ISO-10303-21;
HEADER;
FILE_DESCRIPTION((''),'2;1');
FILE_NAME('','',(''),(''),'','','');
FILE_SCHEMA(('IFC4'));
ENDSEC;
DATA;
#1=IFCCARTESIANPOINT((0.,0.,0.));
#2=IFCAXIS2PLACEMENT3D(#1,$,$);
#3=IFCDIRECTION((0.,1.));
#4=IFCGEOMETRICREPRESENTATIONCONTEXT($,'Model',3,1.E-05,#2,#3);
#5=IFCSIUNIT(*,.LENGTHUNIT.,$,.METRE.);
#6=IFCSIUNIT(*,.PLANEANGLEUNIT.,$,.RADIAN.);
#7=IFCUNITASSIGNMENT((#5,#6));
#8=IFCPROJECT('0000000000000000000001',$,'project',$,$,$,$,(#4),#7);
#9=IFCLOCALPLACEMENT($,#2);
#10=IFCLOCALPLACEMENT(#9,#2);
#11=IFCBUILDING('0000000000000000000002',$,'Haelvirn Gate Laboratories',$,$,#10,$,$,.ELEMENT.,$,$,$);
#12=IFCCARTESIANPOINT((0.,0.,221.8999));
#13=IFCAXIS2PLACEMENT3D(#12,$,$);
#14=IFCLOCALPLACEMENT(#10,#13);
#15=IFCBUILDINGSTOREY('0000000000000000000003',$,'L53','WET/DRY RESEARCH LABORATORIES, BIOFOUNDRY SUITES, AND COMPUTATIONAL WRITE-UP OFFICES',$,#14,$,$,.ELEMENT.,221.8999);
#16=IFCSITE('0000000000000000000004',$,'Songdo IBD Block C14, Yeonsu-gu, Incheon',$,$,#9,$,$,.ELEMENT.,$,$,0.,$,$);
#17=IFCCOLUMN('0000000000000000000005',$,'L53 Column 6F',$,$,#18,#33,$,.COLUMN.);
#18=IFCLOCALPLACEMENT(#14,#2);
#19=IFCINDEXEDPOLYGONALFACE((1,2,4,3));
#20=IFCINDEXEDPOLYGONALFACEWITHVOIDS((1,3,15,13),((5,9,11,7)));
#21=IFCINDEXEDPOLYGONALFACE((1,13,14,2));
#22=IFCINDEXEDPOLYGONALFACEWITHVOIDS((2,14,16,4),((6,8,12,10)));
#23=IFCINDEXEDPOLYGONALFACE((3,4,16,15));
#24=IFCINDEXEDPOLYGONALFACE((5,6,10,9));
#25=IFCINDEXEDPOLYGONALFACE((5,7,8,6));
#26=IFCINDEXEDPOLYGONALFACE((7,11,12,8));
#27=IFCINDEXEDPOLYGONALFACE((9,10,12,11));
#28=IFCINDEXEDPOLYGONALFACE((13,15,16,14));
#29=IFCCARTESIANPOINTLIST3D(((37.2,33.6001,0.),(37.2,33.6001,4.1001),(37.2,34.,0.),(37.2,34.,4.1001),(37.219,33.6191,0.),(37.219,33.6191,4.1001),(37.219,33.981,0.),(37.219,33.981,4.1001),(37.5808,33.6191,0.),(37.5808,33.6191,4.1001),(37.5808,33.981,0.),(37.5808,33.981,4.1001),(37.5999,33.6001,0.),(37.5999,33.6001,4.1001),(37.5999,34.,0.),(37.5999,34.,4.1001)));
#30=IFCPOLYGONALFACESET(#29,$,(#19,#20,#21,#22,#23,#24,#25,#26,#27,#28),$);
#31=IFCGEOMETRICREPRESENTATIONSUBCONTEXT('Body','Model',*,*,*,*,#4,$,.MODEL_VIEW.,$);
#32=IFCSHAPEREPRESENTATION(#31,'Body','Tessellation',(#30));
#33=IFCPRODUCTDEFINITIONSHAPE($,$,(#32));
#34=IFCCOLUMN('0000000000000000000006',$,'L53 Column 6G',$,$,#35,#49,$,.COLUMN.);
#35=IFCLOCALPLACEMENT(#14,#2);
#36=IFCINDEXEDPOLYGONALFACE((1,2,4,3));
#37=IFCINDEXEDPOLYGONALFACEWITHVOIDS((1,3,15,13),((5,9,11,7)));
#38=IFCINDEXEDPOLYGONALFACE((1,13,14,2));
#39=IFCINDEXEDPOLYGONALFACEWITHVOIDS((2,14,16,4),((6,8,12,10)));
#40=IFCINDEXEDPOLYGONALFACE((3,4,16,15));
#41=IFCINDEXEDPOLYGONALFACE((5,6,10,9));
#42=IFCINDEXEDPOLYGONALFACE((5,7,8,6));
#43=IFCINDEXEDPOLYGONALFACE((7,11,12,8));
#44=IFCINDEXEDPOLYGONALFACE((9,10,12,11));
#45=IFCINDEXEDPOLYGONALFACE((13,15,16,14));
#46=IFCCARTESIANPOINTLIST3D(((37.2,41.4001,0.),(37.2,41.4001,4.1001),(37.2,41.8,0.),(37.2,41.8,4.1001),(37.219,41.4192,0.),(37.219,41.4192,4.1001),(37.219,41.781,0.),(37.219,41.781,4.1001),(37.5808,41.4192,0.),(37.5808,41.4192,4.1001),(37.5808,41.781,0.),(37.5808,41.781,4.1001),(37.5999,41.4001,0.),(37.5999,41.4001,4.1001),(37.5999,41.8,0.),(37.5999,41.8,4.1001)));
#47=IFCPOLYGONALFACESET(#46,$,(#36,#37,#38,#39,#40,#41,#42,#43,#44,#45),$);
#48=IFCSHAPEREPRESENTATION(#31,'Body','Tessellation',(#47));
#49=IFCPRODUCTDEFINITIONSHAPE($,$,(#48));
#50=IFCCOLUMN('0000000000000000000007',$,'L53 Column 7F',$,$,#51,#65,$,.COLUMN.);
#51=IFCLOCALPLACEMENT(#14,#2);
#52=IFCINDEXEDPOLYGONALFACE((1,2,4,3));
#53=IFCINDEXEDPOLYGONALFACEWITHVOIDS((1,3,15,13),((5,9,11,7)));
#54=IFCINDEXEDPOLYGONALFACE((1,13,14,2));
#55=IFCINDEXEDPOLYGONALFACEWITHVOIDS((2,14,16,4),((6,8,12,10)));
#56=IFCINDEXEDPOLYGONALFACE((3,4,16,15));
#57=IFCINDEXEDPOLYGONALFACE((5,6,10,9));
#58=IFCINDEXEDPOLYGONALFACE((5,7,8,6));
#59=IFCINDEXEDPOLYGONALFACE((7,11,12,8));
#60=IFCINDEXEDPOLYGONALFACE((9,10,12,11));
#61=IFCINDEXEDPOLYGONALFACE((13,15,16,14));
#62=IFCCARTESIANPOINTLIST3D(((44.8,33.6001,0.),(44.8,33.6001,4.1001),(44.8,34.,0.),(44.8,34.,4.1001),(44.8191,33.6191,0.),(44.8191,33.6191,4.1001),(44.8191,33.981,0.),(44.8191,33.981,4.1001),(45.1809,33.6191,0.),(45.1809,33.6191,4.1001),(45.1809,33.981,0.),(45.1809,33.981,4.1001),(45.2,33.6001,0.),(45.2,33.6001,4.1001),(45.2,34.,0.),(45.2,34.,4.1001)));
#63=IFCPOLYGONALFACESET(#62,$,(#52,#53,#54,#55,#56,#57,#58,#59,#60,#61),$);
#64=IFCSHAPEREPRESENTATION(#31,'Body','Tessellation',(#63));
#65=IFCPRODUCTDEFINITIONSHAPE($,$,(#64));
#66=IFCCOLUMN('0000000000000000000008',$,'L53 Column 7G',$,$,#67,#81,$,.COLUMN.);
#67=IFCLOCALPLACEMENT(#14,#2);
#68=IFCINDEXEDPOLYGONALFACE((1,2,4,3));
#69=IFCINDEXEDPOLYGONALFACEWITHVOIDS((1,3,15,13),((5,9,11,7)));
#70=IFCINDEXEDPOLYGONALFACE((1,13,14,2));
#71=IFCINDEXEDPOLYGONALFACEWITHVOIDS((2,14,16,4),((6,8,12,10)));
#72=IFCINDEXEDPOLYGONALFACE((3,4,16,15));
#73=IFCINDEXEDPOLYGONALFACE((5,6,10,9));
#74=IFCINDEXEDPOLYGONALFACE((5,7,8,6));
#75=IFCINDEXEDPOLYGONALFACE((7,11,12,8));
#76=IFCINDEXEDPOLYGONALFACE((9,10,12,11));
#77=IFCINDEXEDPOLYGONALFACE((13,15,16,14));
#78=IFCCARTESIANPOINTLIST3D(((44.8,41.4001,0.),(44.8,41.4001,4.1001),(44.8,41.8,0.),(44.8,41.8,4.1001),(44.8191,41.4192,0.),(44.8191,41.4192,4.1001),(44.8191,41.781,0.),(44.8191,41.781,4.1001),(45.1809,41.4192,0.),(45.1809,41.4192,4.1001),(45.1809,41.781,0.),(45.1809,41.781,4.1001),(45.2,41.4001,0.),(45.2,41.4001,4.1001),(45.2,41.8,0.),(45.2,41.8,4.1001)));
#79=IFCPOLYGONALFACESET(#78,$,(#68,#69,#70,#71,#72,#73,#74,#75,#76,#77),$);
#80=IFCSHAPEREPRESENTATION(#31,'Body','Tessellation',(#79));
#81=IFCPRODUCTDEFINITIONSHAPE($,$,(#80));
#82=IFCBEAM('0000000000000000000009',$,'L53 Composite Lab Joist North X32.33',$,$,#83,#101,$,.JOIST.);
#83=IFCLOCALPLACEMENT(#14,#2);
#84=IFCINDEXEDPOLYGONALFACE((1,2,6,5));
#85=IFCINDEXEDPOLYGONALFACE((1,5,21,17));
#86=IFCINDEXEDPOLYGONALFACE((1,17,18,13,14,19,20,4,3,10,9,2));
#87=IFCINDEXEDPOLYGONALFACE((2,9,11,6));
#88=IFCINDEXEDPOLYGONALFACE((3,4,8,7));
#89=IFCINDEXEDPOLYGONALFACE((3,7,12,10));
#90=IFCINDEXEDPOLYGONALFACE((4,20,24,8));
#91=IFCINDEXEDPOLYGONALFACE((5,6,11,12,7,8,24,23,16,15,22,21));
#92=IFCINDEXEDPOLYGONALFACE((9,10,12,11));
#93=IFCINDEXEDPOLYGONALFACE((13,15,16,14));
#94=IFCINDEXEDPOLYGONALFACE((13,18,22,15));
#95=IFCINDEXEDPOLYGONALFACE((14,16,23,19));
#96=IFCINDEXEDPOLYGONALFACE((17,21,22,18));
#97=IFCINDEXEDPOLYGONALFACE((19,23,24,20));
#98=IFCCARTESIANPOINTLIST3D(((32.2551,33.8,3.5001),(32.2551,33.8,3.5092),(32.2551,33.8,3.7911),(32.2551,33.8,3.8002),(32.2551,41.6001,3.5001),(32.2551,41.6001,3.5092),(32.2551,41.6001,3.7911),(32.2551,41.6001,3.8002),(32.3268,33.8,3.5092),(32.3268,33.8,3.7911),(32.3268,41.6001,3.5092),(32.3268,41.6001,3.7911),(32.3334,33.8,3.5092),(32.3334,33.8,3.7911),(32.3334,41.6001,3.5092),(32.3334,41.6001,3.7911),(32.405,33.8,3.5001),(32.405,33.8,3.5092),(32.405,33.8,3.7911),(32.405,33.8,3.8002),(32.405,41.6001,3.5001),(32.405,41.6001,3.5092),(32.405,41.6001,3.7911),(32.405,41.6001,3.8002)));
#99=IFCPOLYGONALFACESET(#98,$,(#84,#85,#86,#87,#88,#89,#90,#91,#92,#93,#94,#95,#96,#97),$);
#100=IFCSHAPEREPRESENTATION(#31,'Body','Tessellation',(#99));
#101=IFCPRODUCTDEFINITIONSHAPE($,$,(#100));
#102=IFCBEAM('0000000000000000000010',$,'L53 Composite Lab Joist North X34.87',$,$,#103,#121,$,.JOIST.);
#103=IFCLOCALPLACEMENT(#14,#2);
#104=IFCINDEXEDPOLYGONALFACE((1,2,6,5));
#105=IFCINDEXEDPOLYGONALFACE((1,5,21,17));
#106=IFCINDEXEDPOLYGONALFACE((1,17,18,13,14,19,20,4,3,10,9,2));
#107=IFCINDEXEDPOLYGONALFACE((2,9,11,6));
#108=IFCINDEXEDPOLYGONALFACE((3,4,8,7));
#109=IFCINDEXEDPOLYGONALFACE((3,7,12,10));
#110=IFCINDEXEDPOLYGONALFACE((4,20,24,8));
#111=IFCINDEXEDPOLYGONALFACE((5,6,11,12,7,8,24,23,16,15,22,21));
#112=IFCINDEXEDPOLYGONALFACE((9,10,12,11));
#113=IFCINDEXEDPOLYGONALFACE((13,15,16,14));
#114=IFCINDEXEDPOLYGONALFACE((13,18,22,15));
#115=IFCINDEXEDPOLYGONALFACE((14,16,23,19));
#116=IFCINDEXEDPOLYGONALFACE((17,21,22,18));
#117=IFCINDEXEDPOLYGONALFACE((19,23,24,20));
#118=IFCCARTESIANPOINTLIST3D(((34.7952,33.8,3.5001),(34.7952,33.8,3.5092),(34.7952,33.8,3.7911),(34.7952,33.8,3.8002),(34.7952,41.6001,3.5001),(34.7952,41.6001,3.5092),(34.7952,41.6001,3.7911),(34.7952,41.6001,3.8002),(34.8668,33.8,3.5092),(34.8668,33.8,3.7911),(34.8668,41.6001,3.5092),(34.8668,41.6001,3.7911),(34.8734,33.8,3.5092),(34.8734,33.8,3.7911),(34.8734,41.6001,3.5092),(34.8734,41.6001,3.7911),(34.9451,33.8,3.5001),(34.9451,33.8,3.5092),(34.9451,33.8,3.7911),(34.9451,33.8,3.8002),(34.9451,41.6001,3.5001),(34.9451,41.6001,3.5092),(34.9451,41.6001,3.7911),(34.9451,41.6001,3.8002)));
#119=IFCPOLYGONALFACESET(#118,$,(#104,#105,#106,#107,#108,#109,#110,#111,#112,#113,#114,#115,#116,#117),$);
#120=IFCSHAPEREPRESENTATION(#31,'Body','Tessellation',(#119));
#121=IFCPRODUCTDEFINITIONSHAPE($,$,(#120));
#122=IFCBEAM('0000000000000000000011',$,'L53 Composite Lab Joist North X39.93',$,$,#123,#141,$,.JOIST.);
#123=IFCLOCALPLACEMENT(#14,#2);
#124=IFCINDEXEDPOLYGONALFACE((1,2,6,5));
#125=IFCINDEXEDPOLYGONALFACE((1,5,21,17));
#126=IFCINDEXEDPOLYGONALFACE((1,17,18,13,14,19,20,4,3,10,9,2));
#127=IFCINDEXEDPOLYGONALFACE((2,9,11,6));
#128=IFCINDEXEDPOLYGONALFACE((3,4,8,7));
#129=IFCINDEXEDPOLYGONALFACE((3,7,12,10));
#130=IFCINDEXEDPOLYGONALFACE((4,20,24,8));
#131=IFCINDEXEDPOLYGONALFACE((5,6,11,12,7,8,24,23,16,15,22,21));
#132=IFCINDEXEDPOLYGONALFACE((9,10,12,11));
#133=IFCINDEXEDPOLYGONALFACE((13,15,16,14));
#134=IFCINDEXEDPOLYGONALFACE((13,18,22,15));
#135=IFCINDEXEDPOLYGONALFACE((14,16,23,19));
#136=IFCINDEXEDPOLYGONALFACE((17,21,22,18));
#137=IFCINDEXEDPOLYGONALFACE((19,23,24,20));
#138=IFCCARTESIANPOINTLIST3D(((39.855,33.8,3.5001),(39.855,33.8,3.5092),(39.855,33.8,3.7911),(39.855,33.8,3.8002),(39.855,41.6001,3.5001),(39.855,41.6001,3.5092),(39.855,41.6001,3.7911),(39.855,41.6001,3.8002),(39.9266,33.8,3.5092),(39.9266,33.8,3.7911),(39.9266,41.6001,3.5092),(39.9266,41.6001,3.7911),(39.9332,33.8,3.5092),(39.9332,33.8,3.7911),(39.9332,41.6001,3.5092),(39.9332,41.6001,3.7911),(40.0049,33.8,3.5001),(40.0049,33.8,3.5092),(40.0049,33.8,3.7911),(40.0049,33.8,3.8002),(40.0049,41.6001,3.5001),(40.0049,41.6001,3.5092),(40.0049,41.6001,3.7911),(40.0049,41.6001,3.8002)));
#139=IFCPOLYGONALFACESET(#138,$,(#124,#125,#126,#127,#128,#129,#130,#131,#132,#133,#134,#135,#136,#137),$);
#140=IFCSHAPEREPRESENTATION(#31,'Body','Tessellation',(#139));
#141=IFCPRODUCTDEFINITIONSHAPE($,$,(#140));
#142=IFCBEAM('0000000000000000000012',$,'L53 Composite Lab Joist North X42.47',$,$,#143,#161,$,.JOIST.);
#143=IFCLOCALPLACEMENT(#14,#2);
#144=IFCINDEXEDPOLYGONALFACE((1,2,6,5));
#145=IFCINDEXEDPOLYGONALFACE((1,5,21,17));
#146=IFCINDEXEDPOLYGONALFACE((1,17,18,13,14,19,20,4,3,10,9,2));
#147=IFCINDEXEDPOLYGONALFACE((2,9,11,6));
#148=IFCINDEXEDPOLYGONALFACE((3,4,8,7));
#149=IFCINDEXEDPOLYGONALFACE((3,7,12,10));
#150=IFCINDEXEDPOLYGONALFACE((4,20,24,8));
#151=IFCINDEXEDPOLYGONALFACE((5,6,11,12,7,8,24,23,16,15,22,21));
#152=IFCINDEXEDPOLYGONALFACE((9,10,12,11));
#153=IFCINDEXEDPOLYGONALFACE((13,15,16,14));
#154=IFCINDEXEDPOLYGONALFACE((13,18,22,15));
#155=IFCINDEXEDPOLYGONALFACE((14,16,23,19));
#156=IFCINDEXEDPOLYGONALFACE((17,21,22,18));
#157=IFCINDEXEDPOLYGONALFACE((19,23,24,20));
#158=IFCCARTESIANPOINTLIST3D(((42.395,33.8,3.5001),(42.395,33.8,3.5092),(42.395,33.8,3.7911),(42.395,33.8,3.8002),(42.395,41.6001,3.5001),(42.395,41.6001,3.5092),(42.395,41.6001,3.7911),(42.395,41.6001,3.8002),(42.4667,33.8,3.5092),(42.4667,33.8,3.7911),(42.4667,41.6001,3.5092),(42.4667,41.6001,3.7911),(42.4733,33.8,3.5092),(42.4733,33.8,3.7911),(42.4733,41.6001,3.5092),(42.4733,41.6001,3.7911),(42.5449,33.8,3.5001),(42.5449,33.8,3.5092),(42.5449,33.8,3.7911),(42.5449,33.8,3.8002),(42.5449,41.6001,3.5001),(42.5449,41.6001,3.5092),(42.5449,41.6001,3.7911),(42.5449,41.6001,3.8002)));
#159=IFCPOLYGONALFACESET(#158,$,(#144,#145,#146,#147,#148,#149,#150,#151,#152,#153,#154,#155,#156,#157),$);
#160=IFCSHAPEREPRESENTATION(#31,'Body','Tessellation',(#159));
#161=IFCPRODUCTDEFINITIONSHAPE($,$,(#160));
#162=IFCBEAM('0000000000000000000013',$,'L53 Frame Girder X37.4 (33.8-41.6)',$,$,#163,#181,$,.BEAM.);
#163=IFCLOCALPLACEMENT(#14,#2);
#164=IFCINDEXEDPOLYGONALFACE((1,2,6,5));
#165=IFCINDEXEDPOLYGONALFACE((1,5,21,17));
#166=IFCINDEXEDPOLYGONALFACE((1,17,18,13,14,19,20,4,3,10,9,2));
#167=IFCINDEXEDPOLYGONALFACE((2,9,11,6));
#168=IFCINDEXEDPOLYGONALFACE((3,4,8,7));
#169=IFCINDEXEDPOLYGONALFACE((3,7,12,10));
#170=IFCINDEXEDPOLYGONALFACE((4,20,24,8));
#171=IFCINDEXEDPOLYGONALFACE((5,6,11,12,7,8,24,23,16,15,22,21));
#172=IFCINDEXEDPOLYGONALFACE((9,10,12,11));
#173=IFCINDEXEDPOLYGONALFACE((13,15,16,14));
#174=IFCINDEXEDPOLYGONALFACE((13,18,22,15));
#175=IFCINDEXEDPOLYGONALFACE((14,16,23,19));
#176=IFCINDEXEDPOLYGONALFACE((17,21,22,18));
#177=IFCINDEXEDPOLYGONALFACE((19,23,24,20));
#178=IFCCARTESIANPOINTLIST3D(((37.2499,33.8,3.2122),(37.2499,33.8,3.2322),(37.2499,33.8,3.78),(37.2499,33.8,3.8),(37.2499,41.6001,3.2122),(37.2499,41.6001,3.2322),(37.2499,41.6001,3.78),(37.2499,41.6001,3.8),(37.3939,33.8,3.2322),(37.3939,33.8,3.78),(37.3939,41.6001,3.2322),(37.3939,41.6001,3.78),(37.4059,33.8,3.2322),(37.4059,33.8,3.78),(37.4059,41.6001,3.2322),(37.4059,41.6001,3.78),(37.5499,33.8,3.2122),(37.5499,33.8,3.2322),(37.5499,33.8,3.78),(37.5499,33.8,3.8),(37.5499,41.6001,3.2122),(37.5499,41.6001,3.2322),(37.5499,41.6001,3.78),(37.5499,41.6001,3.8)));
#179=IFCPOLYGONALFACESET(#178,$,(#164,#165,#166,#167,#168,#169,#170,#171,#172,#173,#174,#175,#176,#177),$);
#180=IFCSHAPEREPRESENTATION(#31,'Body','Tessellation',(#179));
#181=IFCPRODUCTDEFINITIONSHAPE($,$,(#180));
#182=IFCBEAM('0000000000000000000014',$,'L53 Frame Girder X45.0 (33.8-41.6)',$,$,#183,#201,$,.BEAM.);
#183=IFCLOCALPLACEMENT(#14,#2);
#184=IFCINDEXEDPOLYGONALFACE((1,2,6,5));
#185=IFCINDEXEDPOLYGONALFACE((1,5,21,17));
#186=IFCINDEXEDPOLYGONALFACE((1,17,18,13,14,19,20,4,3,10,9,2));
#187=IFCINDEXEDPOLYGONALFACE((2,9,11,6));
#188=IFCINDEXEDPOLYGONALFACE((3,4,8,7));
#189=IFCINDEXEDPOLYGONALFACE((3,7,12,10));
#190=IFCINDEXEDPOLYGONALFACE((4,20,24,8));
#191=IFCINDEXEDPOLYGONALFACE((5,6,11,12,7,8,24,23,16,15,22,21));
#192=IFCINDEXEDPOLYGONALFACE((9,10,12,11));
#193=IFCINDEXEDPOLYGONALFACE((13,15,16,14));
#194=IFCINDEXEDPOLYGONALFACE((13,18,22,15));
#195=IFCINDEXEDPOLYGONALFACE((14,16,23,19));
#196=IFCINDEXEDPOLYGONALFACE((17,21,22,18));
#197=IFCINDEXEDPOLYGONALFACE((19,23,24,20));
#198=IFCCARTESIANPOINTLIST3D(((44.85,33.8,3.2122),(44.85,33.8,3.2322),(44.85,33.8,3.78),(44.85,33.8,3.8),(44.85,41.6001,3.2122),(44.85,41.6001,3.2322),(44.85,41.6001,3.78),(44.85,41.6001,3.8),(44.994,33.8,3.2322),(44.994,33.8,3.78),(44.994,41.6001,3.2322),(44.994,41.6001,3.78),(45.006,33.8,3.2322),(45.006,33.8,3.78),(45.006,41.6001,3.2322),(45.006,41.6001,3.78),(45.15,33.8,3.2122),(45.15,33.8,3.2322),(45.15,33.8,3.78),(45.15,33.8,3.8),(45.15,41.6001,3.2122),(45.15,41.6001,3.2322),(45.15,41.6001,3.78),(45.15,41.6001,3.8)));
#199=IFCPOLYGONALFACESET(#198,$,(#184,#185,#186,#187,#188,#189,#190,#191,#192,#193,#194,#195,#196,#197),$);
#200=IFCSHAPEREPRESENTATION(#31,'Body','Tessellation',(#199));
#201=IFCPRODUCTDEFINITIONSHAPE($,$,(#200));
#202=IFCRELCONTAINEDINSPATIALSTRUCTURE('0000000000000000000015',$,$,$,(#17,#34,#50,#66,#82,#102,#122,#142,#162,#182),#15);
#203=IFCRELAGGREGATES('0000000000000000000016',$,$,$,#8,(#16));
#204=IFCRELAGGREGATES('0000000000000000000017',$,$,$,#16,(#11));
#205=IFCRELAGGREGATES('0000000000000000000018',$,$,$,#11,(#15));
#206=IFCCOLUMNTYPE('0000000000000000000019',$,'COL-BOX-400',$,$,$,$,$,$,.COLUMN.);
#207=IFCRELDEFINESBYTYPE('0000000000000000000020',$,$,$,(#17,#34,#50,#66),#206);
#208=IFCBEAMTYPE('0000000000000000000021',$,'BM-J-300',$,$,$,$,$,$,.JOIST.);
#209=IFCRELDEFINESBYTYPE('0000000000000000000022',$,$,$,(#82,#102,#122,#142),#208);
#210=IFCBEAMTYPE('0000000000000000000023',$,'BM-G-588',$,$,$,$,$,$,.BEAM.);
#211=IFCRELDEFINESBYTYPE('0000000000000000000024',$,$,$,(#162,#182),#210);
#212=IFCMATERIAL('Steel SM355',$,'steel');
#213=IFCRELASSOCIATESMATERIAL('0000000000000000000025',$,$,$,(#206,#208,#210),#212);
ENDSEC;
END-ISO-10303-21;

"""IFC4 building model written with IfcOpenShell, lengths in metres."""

from ifc_helpers import new_model, si_unit, direction, frame, origin, origin_2d, place, context, subcontext, project, spatial, hollow_rectangle, i_section, extrude, source, transform, mapped, material, material_profile, profile_set, type_object, type_shapes, element, save


model = new_model("IFC4")

# Units and contexts
model_context = context("Model", 3, precision=1e-05, world=origin(), true_north=direction((0.0, 1.0)))
body_context = subcontext(model_context, "Body", "Model", "MODEL_VIEW")
ifc_project = project(units=[si_unit("LENGTHUNIT", "METRE"), si_unit("PLANEANGLEUNIT", "RADIAN")], contexts=[model_context])

# Site, building, storey
site_placement = place(None, origin())
site = spatial("IfcSite", under=ifc_project, at=site_placement, Name="Songdo IBD Block C14, Yeonsu-gu, Incheon", CompositionType="ELEMENT", RefElevation=0.0)
building_placement = place(site_placement, origin())
building = spatial("IfcBuilding", under=site, at=building_placement, Name="Haelvirn Gate Laboratories", CompositionType="ELEMENT")
storey_placement = place(building_placement, frame((0.0, 0.0, 221.8999)))
storey = spatial("IfcBuildingStorey", under=building, at=storey_placement, Name="L53", Description="WET/DRY RESEARCH LABORATORIES, BIOFOUNDRY SUITES, AND COMPUTATIONAL WRITE-UP OFFICES", CompositionType="ELEMENT", Elevation=221.8999)

# Columns
ifc_material_1 = material(Name="Steel SM355", Category="steel")
ifc_material_profile_1 = material_profile(ifc_material_1, hollow_rectangle(XDim=0.3999, YDim=0.3999, WallThickness=0.019, at=origin_2d()), Name="BOX-400x400x19")
ifc_profile_set_1 = profile_set([ifc_material_profile_1], Name="Steel SM355")
column_type = type_object("IfcColumnType", Name="COL-BOX-400", PredefinedType="COLUMN", material=ifc_profile_set_1)
shared_shape_1 = source(origin(), body_context, "Body", "SweptSolid", [
    extrude(hollow_rectangle(XDim=0.3999, YDim=0.3999, WallThickness=0.019, at=origin_2d()), origin(), (0.0, 0.0, 1.0), 4.1001),
])
type_shapes(column_type, [shared_shape_1])
for number, where, z_axis, x_axis, name in (
    (1, (37.3999, 33.8, 0.0), (0.0, 0.0, 1.0), (1.0, 0.0, 0.0), "L53 Column 6F"),
    (2, (37.3999, 41.6001, 0.0), (0.0, 0.0, 1.0), (1.0, 0.0, 0.0), "L53 Column 6G"),
    (3, (45.0, 33.8, 0.0), (0.0, 0.0, 1.0), (1.0, 0.0, 0.0), "L53 Column 7F"),
    (4, (45.0, 41.6001, 0.0), (0.0, 0.0, 1.0), (1.0, 0.0, 0.0), "L53 Column 7G"),
):
    element("IfcColumn", number, at=place(storey_placement, frame(where, z_axis=z_axis, x_axis=x_axis)), inside=storey, type_object=column_type, Name=name, PredefinedType="COLUMN", context=body_context, shape_type="MappedRepresentation", body=[
        mapped(shared_shape_1, transform((0.0, 0.0, 0.0), scale=1.0)),
    ])

# Beams
ifc_material_profile_2 = material_profile(ifc_material_1, i_section(OverallWidth=0.1499, OverallDepth=0.3, WebThickness=0.0066, FlangeThickness=0.009, at=origin_2d()), Name="H-300x150x6.5x9")
ifc_profile_set_2 = profile_set([ifc_material_profile_2], Name="Steel SM355")
beam_type_1 = type_object("IfcBeamType", Name="BM-J-300", PredefinedType="JOIST", material=ifc_profile_set_2)
shared_shape_2 = source(origin(), body_context, "Body", "SweptSolid", [
    extrude(i_section(OverallWidth=0.1499, OverallDepth=0.3, WebThickness=0.0066, FlangeThickness=0.009, at=origin_2d()), origin(), (0.0, 0.0, 1.0), 7.8),
])
type_shapes(beam_type_1, [shared_shape_2])
for number, where, z_axis, x_axis, name in (
    (5, (32.3301, 33.8, 3.6501), (0.0, 1.0, 0.0), (-1.0, 0.0, 0.0), "L53 Composite Lab Joist North X32.33"),
    (6, (34.8701, 33.8, 3.6501), (0.0, 1.0, 0.0), (-1.0, 0.0, 0.0), "L53 Composite Lab Joist North X34.87"),
    (7, (39.9299, 33.8, 3.6501), (0.0, 1.0, 0.0), (-1.0, 0.0, 0.0), "L53 Composite Lab Joist North X39.93"),
    (8, (42.47, 33.8, 3.6501), (0.0, 1.0, 0.0), (-1.0, 0.0, 0.0), "L53 Composite Lab Joist North X42.47"),
):
    element("IfcBeam", number, at=place(storey_placement, frame(where, z_axis=z_axis, x_axis=x_axis)), inside=storey, type_object=beam_type_1, Name=name, PredefinedType="JOIST", context=body_context, shape_type="MappedRepresentation", body=[
        mapped(shared_shape_2, transform((0.0, 0.0, 0.0), scale=1.0)),
    ])
ifc_material_profile_3 = material_profile(ifc_material_1, i_section(OverallWidth=0.3, OverallDepth=0.5879, WebThickness=0.012, FlangeThickness=0.02, at=origin_2d()), Name="H-588x300x12x20")
ifc_profile_set_3 = profile_set([ifc_material_profile_3], Name="Steel SM355")
beam_type_2 = type_object("IfcBeamType", Name="BM-G-588", PredefinedType="BEAM", material=ifc_profile_set_3)
shared_shape_3 = source(origin(), body_context, "Body", "SweptSolid", [
    extrude(i_section(OverallWidth=0.3, OverallDepth=0.5879, WebThickness=0.012, FlangeThickness=0.02, at=origin_2d()), origin(), (0.0, 0.0, 1.0), 7.8),
])
type_shapes(beam_type_2, [shared_shape_3])
for number, where, z_axis, x_axis, name in (
    (9, (37.3999, 33.8, 3.5061), (0.0, 1.0, 0.0), (-1.0, 0.0, 0.0), "L53 Frame Girder X37.4 (33.8-41.6)"),
    (10, (45.0, 33.8, 3.5061), (0.0, 1.0, 0.0), (-1.0, 0.0, 0.0), "L53 Frame Girder X45.0 (33.8-41.6)"),
):
    element("IfcBeam", number, at=place(storey_placement, frame(where, z_axis=z_axis, x_axis=x_axis)), inside=storey, type_object=beam_type_2, Name=name, PredefinedType="BEAM", context=body_context, shape_type="MappedRepresentation", body=[
        mapped(shared_shape_3, transform((0.0, 0.0, 0.0), scale=1.0)),
    ])

save(model, "model.ifc")
